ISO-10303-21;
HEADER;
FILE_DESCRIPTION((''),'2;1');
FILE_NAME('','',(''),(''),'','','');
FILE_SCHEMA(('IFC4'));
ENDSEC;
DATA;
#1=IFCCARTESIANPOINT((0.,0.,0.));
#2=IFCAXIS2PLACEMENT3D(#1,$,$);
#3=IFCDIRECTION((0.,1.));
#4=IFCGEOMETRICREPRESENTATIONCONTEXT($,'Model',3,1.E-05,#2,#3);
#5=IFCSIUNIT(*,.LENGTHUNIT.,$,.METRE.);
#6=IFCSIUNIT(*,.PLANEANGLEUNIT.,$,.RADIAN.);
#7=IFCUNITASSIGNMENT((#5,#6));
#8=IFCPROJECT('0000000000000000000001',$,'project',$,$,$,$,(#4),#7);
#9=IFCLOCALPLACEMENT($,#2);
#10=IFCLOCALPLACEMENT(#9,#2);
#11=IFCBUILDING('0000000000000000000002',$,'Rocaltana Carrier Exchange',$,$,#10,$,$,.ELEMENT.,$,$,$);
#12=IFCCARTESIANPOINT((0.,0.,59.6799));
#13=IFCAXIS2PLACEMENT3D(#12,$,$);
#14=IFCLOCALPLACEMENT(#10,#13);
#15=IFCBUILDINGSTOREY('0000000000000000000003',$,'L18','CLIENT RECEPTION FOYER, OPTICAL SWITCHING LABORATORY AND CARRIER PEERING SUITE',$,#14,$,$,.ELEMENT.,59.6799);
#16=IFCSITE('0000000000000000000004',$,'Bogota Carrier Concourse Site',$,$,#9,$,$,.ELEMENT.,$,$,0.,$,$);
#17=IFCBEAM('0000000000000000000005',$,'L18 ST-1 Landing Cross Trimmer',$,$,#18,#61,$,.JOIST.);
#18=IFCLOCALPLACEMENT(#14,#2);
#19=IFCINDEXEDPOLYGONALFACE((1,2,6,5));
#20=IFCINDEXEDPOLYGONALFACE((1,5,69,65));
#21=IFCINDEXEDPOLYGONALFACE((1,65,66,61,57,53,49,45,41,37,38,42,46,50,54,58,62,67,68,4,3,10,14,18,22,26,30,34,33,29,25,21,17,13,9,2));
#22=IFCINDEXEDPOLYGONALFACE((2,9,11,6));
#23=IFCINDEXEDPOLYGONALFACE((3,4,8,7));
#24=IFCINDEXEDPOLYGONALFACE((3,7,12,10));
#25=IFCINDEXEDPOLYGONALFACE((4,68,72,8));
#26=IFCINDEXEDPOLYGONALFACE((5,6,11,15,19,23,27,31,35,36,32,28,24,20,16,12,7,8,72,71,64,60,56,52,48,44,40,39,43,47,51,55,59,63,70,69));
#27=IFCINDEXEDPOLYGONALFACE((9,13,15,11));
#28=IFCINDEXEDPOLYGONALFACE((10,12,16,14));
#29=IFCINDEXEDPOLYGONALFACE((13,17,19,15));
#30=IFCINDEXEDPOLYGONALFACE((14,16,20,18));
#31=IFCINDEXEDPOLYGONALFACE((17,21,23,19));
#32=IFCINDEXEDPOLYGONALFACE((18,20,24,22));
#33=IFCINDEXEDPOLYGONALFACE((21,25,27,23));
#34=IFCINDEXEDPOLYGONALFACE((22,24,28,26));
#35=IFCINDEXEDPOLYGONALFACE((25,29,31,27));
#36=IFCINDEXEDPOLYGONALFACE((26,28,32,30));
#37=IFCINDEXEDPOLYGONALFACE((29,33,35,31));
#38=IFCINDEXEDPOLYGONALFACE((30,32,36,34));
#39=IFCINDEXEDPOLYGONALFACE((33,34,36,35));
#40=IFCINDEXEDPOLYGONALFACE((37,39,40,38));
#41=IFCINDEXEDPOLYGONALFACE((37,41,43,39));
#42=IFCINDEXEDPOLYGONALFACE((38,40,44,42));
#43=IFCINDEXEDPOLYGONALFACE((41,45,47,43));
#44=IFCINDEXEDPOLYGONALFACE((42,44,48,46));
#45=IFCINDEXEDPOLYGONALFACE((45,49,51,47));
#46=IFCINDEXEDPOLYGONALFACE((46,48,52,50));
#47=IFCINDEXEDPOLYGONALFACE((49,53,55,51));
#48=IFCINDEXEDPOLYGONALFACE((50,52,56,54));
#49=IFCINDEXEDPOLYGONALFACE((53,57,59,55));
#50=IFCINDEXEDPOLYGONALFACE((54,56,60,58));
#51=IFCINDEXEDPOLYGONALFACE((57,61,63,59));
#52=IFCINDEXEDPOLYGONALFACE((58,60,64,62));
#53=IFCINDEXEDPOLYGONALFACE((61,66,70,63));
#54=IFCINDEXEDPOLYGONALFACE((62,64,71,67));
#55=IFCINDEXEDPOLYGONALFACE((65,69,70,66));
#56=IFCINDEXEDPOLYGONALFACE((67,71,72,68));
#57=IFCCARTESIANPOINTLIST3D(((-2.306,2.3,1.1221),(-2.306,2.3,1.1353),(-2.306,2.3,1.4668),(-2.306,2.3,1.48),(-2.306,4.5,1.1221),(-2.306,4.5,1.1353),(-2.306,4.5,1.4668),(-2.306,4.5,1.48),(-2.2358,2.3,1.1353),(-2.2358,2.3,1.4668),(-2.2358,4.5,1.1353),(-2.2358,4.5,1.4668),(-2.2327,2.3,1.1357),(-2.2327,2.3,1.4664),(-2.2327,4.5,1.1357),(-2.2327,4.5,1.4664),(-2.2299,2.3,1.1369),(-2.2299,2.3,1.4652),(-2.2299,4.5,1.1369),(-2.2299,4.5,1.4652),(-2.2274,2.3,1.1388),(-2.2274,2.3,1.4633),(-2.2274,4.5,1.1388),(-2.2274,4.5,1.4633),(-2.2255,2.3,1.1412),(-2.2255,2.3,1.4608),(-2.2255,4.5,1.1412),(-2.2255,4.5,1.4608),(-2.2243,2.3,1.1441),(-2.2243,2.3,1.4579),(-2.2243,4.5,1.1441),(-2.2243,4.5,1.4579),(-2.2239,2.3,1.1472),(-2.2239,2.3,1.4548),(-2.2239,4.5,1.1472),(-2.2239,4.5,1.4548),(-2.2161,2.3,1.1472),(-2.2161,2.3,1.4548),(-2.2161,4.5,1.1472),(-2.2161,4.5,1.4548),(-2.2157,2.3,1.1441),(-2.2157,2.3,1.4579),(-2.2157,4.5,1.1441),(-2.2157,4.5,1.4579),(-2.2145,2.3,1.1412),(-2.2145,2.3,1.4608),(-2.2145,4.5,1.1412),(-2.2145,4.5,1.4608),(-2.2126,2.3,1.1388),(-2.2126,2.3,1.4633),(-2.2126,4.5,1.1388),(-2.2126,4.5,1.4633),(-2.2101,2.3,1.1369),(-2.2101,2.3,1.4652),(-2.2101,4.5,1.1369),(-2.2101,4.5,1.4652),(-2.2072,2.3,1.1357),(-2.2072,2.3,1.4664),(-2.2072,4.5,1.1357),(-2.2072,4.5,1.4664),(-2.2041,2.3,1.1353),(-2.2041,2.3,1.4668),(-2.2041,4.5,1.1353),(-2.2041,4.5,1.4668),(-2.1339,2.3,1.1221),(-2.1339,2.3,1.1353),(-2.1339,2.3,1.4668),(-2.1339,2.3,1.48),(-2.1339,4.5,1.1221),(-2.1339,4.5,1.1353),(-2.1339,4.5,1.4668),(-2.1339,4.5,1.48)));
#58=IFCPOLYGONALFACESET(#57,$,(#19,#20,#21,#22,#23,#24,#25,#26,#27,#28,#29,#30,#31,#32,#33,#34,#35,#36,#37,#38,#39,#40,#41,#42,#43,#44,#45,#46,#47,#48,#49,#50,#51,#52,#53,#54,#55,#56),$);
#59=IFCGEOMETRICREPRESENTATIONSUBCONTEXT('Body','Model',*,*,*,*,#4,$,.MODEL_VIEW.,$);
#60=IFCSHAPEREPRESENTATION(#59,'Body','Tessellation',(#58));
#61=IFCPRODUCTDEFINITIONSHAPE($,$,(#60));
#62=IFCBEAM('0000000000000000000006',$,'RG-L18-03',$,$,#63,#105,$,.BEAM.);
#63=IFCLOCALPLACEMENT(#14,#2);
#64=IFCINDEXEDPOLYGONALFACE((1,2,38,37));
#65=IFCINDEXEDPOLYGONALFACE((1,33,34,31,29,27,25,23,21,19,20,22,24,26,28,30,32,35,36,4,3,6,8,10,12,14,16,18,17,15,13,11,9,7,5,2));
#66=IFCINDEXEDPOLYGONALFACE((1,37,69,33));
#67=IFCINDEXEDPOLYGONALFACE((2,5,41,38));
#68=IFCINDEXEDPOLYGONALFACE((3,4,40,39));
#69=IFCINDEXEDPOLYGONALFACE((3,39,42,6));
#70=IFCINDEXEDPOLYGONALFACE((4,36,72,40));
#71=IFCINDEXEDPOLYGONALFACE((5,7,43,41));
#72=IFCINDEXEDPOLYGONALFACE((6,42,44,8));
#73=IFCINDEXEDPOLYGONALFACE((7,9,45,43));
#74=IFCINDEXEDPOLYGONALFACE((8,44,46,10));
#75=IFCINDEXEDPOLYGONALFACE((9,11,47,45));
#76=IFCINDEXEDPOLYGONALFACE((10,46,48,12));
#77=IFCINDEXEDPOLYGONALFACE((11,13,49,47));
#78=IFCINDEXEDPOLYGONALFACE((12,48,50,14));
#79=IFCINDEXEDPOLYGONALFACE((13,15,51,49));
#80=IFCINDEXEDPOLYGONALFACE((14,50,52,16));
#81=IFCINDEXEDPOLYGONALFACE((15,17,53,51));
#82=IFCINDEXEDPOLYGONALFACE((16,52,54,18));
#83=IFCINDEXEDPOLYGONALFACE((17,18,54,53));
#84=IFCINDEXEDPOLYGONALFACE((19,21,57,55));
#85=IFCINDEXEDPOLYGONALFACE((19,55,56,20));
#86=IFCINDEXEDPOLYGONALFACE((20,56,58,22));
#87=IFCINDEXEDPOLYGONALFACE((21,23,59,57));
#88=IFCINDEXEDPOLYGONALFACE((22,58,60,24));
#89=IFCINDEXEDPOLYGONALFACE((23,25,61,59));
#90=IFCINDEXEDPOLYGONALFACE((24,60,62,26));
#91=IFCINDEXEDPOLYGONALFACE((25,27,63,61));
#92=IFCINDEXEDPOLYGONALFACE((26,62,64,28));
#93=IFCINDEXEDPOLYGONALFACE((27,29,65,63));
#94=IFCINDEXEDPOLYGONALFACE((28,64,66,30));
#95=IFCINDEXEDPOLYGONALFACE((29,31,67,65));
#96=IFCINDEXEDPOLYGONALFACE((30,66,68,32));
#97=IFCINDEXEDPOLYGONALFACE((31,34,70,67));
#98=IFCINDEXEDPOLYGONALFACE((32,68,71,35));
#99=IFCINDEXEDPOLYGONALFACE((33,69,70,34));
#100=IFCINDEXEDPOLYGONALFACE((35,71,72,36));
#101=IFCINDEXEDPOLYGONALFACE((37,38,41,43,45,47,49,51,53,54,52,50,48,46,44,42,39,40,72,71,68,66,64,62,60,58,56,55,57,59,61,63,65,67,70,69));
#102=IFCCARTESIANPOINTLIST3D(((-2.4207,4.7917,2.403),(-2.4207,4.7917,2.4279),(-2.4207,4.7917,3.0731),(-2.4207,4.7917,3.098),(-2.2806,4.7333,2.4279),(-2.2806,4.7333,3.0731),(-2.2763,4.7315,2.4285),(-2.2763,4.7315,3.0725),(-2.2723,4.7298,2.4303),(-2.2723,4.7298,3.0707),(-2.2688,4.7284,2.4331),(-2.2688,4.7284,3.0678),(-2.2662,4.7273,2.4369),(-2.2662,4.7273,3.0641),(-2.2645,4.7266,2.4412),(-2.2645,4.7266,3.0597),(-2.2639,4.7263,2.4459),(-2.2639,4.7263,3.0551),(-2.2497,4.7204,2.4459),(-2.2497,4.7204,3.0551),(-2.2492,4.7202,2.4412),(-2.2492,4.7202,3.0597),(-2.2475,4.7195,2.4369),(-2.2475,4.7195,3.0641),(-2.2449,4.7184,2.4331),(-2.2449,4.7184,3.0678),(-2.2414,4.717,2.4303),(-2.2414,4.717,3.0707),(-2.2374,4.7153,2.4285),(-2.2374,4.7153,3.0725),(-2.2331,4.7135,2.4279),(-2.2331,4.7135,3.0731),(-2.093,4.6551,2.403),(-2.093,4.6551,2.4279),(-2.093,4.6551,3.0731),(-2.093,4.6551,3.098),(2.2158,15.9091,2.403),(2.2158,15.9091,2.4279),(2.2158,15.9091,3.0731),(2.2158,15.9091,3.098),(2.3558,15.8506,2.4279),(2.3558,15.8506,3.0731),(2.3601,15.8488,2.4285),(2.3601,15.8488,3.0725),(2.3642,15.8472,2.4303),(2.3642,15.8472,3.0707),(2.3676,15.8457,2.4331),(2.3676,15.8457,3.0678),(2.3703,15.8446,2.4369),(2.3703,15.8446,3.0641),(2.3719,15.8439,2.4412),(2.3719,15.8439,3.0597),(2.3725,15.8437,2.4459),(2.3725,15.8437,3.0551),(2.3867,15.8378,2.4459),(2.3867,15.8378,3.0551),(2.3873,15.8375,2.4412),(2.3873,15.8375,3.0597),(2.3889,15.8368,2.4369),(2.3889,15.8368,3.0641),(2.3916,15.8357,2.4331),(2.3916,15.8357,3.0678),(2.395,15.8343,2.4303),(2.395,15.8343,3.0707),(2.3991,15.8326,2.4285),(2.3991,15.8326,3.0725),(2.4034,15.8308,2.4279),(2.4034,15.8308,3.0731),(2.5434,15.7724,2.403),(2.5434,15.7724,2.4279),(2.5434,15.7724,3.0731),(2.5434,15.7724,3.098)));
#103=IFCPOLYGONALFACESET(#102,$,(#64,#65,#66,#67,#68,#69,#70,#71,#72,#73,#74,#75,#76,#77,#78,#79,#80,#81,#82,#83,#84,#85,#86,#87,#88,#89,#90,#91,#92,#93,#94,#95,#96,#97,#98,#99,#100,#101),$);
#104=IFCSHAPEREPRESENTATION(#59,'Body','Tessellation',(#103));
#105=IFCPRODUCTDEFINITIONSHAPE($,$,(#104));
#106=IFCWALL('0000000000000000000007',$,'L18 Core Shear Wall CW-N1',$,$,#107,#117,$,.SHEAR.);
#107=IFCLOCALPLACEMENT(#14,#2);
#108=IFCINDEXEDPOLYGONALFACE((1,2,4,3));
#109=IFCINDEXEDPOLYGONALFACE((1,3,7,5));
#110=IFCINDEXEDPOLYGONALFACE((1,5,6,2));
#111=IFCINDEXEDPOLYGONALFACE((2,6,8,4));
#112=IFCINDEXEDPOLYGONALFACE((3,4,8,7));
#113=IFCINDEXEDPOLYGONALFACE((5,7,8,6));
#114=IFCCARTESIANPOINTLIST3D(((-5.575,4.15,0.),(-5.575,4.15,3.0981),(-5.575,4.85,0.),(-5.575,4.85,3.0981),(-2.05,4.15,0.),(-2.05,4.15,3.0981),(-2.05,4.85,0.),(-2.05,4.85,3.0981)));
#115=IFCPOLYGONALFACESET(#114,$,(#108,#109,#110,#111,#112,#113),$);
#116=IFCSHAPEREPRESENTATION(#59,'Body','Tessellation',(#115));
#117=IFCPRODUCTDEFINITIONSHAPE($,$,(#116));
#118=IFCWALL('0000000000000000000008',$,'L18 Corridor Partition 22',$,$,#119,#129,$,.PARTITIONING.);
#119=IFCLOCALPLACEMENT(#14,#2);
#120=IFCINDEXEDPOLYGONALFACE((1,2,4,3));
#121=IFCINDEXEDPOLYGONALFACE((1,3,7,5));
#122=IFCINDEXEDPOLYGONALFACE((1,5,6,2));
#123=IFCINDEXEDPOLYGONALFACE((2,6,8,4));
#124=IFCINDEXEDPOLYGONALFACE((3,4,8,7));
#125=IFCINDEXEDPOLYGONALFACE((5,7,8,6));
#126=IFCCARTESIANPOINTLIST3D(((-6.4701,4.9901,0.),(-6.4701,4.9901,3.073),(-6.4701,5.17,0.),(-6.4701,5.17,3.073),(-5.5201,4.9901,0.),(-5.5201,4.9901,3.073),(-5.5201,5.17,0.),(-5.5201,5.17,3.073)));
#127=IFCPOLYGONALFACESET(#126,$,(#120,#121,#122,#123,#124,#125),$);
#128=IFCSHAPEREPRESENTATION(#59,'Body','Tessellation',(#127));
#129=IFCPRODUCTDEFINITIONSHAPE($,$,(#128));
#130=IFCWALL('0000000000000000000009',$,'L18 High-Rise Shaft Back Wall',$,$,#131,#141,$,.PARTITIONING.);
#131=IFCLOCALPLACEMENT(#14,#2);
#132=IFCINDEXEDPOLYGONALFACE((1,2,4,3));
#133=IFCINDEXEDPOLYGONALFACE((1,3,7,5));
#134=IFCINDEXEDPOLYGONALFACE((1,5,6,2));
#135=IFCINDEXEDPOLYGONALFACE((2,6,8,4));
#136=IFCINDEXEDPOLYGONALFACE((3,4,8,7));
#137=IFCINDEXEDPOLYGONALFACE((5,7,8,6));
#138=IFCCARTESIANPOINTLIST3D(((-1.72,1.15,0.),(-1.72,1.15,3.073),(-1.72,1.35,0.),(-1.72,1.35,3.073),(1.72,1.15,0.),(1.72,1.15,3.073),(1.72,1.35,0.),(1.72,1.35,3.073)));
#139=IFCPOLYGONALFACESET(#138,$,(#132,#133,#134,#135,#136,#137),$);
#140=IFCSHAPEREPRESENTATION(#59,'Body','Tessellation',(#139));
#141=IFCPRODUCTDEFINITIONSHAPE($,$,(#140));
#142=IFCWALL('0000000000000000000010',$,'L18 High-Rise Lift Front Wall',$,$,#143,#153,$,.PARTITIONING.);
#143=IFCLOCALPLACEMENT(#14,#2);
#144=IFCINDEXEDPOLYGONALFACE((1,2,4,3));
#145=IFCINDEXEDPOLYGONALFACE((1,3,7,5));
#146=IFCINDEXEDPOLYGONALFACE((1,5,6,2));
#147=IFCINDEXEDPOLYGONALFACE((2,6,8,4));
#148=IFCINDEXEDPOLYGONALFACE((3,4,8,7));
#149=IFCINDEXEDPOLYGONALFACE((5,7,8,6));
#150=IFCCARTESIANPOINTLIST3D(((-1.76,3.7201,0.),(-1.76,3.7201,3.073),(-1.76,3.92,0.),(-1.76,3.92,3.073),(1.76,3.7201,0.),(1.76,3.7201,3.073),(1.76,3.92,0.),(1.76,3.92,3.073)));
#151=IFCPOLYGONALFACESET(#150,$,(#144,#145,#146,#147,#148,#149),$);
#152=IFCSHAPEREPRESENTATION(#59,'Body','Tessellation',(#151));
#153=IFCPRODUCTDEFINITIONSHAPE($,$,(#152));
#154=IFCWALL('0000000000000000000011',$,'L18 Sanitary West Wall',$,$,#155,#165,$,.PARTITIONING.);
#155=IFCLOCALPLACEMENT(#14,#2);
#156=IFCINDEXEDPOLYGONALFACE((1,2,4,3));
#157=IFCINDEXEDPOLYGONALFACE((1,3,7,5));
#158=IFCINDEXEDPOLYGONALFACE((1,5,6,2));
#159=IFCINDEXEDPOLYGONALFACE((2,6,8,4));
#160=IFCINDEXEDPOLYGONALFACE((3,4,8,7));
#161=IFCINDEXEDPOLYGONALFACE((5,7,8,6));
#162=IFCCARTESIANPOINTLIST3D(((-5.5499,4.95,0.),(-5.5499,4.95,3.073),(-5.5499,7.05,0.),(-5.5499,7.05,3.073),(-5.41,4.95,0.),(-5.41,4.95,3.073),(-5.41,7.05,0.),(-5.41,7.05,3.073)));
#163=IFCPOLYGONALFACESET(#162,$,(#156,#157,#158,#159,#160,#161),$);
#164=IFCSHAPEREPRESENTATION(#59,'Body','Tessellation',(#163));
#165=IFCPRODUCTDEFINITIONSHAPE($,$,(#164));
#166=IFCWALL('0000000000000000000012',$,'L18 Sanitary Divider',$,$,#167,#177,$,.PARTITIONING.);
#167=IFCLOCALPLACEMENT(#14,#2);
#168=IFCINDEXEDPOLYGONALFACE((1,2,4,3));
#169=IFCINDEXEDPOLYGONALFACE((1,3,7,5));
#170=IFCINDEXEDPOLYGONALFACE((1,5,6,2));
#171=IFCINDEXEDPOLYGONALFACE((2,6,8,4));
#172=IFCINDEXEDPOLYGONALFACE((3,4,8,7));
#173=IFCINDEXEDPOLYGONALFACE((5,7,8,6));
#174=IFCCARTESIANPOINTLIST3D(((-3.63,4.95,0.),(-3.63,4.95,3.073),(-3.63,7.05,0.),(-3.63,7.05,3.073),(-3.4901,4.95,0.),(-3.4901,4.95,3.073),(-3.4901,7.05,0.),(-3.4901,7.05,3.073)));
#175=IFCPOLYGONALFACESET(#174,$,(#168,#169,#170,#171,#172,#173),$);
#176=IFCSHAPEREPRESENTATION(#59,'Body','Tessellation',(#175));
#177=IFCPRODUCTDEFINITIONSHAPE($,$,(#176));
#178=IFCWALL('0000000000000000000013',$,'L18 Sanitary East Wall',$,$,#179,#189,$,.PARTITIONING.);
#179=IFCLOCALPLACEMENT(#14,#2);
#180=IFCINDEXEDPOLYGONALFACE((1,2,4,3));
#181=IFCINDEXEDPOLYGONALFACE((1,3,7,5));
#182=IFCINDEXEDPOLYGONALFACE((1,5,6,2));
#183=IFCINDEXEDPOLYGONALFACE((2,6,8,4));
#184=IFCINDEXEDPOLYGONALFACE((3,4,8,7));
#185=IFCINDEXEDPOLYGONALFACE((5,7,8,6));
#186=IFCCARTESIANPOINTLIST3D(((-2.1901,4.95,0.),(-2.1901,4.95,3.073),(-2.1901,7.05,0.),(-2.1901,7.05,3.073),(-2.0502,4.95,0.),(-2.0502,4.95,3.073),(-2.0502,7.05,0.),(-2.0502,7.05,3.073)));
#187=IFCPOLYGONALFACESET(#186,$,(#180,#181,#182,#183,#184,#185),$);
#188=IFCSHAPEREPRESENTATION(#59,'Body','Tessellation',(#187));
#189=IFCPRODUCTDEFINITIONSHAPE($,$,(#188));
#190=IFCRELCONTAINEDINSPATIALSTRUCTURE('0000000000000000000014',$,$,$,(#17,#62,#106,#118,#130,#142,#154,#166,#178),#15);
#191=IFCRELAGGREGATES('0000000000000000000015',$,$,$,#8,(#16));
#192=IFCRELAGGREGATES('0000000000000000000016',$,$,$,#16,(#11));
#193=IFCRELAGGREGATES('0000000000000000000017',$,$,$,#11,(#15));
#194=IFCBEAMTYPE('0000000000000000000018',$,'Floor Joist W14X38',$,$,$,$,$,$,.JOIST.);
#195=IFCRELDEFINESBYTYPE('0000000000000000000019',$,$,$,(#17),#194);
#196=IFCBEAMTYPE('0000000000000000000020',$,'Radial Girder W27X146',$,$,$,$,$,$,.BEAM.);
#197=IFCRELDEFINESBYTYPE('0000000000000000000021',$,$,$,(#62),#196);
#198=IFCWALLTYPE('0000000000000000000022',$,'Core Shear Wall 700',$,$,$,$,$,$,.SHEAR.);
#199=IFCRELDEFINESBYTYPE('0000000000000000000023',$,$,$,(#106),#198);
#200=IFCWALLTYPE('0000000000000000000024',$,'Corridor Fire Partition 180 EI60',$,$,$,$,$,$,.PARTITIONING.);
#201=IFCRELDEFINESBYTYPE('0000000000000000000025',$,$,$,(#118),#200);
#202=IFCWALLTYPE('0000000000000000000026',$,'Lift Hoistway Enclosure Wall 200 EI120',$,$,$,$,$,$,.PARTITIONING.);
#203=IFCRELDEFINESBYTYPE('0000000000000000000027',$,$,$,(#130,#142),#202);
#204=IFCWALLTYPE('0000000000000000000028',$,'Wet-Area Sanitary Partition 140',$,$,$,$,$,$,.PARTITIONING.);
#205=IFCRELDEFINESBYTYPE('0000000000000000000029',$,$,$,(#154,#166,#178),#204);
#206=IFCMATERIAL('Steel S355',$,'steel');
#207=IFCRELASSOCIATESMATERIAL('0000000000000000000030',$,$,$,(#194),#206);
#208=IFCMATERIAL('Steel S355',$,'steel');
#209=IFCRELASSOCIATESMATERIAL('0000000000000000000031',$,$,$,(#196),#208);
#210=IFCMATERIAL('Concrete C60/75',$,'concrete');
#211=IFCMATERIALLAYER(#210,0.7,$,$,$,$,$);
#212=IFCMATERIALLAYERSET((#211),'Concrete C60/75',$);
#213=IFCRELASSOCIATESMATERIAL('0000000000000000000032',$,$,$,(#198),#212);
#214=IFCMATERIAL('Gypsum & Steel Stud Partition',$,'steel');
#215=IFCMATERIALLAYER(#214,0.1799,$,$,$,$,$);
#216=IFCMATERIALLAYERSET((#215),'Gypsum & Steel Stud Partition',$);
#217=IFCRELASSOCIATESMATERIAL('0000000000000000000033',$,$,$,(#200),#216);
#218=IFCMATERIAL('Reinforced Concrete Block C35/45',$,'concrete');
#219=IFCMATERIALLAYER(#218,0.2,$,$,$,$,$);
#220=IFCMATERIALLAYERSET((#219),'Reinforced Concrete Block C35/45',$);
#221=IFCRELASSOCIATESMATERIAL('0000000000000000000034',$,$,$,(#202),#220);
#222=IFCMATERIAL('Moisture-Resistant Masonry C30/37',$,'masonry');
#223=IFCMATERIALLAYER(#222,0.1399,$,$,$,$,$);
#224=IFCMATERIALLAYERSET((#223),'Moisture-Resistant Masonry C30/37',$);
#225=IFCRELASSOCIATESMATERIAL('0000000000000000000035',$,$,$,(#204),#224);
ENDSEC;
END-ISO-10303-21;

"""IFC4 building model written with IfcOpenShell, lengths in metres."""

from ifc_helpers import new_model, si_unit, direction, frame, frame_2d, origin, origin_2d, place, context, subcontext, project, spatial, rectangle, i_section, extrude, material, layer, layer_set, material_profile, profile_set, type_object, element, save


model = new_model("IFC4")

# Units and contexts
model_context = context("Model", 3, precision=1e-05, world=origin(), true_north=direction((0.0, 1.0)))
body_context = subcontext(model_context, "Body", "Model", "MODEL_VIEW")
ifc_project = project(units=[si_unit("LENGTHUNIT", "METRE"), si_unit("PLANEANGLEUNIT", "RADIAN")], contexts=[model_context])

# Site, building, storey
site_placement = place(None, origin())
site = spatial("IfcSite", under=ifc_project, at=site_placement, Name="Bogota Carrier Concourse Site", CompositionType="ELEMENT", RefElevation=0.0)
building_placement = place(site_placement, origin())
building = spatial("IfcBuilding", under=site, at=building_placement, Name="Rocaltana Carrier Exchange", CompositionType="ELEMENT")
storey_placement = place(building_placement, frame((0.0, 0.0, 59.6799)))
storey = spatial("IfcBuildingStorey", under=building, at=storey_placement, Name="L18", Description="CLIENT RECEPTION FOYER, OPTICAL SWITCHING LABORATORY AND CARRIER PEERING SUITE", CompositionType="ELEMENT", Elevation=59.6799)

# Beams
ifc_material_1 = material(Name="Steel S355", Category="steel")
ifc_material_profile_1 = material_profile(ifc_material_1, i_section(OverallWidth=0.1721, OverallDepth=0.3579, WebThickness=0.0078, FlangeThickness=0.0132, FilletRadius=0.012, at=origin_2d()), Name="W14X38")
ifc_profile_set_1 = profile_set([ifc_material_profile_1], Name="Steel S355")
beam_type_1 = type_object("IfcBeamType", Name="Floor Joist W14X38", PredefinedType="JOIST", material=ifc_profile_set_1)
beam_1_placement = place(storey_placement, frame((-2.22, 2.3, 1.301), z_axis=(0.0, 1.0, 0.0), x_axis=(-1.0, 0.0, 0.0)))
element("IfcBeam", 1, at=beam_1_placement, inside=storey, type_object=beam_type_1, Name="L18 ST-1 Landing Cross Trimmer", PredefinedType="JOIST", context=body_context, shape_type="SweptSolid", body=[
    extrude(i_section(OverallWidth=0.1721, OverallDepth=0.3579, WebThickness=0.0078, FlangeThickness=0.0132, FilletRadius=0.012, at=origin_2d()), origin(), (0.0, 0.0, 1.0), 2.2),
])
ifc_material_2 = material(Name="Steel S355", Category="steel")
ifc_material_profile_2 = material_profile(ifc_material_2, i_section(OverallWidth=0.355, OverallDepth=0.6951, WebThickness=0.0154, FlangeThickness=0.0249, FilletRadius=0.0181, at=origin_2d()), Name="W27X146")
ifc_profile_set_2 = profile_set([ifc_material_profile_2], Name="Steel S355")
beam_type_2 = type_object("IfcBeamType", Name="Radial Girder W27X146", PredefinedType="BEAM", material=ifc_profile_set_2)
beam_2_placement = place(storey_placement, frame((-2.2568, 4.7234, 2.7505), z_axis=(0.384913, 0.922953, 0.0), x_axis=(-0.922953, 0.384913, 0.0)))
element("IfcBeam", 2, at=beam_2_placement, inside=storey, type_object=beam_type_2, Name="RG-L18-03", PredefinedType="BEAM", context=body_context, shape_type="SweptSolid", body=[
    extrude(i_section(OverallWidth=0.355, OverallDepth=0.6951, WebThickness=0.0154, FlangeThickness=0.0249, FilletRadius=0.0181, at=origin_2d()), origin(), (0.0, 0.0, 1.0), 12.0454),
])

# Walls
ifc_material_3 = material(Name="Concrete C60/75", Category="concrete")
ifc_layer_1 = layer(ifc_material_3, 0.7)
ifc_layer_set_1 = layer_set([ifc_layer_1], Name="Concrete C60/75")
wall_type_1 = type_object("IfcWallType", Name="Core Shear Wall 700", PredefinedType="SHEAR", material=ifc_layer_set_1)
wall_1_placement = place(storey_placement, frame((-5.575, 4.5, 0.0), z_axis=(0.0, 0.0, 1.0), x_axis=(1.0, 0.0, 0.0)))
element("IfcWall", 3, at=wall_1_placement, inside=storey, type_object=wall_type_1, Name="L18 Core Shear Wall CW-N1", PredefinedType="SHEAR", context=body_context, shape_type="SweptSolid", body=[
    extrude(rectangle(XDim=3.5249, YDim=0.7, at=frame_2d((1.7625, 0.0))), origin(), (0.0, 0.0, 1.0), 3.0981),
])
ifc_material_4 = material(Name="Gypsum & Steel Stud Partition", Category="steel")
ifc_layer_2 = layer(ifc_material_4, 0.1799)
ifc_layer_set_2 = layer_set([ifc_layer_2], Name="Gypsum & Steel Stud Partition")
wall_type_2 = type_object("IfcWallType", Name="Corridor Fire Partition 180 EI60", PredefinedType="PARTITIONING", material=ifc_layer_set_2)
wall_2_placement = place(storey_placement, frame((-5.52, 5.0801, 0.0), z_axis=(0.0, 0.0, 1.0), x_axis=(-1.0, 0.0, 0.0)))
element("IfcWall", 4, at=wall_2_placement, inside=storey, type_object=wall_type_2, Name="L18 Corridor Partition 22", PredefinedType="PARTITIONING", context=body_context, shape_type="SweptSolid", body=[
    extrude(rectangle(XDim=0.95, YDim=0.1799, at=frame_2d((0.4751, 0.0))), origin(), (0.0, 0.0, 1.0), 3.073),
])
ifc_material_5 = material(Name="Reinforced Concrete Block C35/45", Category="concrete")
ifc_layer_3 = layer(ifc_material_5, 0.2)
ifc_layer_set_3 = layer_set([ifc_layer_3], Name="Reinforced Concrete Block C35/45")
wall_type_3 = type_object("IfcWallType", Name="Lift Hoistway Enclosure Wall 200 EI120", PredefinedType="PARTITIONING", material=ifc_layer_set_3)
wall_3_placement = place(storey_placement, frame((-1.72, 1.25, 0.0), z_axis=(0.0, 0.0, 1.0), x_axis=(1.0, 0.0, 0.0)))
element("IfcWall", 5, at=wall_3_placement, inside=storey, type_object=wall_type_3, Name="L18 High-Rise Shaft Back Wall", PredefinedType="PARTITIONING", context=body_context, shape_type="SweptSolid", body=[
    extrude(rectangle(XDim=3.4399, YDim=0.2, at=frame_2d((1.72, 0.0))), origin(), (0.0, 0.0, 1.0), 3.073),
])
wall_4_placement = place(storey_placement, frame((-1.76, 3.8201, 0.0), z_axis=(0.0, 0.0, 1.0), x_axis=(1.0, 0.0, 0.0)))
element("IfcWall", 6, at=wall_4_placement, inside=storey, type_object=wall_type_3, Name="L18 High-Rise Lift Front Wall", PredefinedType="PARTITIONING", context=body_context, shape_type="SweptSolid", body=[
    extrude(rectangle(XDim=3.52, YDim=0.2, at=frame_2d((1.76, 0.0))), origin(), (0.0, 0.0, 1.0), 3.073),
])
ifc_material_6 = material(Name="Moisture-Resistant Masonry C30/37", Category="masonry")
ifc_layer_4 = layer(ifc_material_6, 0.1399)
ifc_layer_set_4 = layer_set([ifc_layer_4], Name="Moisture-Resistant Masonry C30/37")
wall_type_4 = type_object("IfcWallType", Name="Wet-Area Sanitary Partition 140", PredefinedType="PARTITIONING", material=ifc_layer_set_4)
for number, where, z_axis, x_axis, name in (
    (7, (-5.48, 4.95, 0.0), (0.0, 0.0, 1.0), (0.0, 1.0, 0.0), "L18 Sanitary West Wall"),
    (8, (-3.5601, 4.95, 0.0), (0.0, 0.0, 1.0), (0.0, 1.0, 0.0), "L18 Sanitary Divider"),
    (9, (-2.1201, 4.95, 0.0), (0.0, 0.0, 1.0), (0.0, 1.0, 0.0), "L18 Sanitary East Wall"),
):
    element("IfcWall", number, at=place(storey_placement, frame(where, z_axis=z_axis, x_axis=x_axis)), inside=storey, type_object=wall_type_4, Name=name, PredefinedType="PARTITIONING", context=body_context, shape_type="SweptSolid", body=[
        extrude(rectangle(XDim=2.1001, YDim=0.1399, at=frame_2d((1.05, 0.0))), origin(), (0.0, 0.0, 1.0), 3.073),
    ])

save(model, "model.ifc")
